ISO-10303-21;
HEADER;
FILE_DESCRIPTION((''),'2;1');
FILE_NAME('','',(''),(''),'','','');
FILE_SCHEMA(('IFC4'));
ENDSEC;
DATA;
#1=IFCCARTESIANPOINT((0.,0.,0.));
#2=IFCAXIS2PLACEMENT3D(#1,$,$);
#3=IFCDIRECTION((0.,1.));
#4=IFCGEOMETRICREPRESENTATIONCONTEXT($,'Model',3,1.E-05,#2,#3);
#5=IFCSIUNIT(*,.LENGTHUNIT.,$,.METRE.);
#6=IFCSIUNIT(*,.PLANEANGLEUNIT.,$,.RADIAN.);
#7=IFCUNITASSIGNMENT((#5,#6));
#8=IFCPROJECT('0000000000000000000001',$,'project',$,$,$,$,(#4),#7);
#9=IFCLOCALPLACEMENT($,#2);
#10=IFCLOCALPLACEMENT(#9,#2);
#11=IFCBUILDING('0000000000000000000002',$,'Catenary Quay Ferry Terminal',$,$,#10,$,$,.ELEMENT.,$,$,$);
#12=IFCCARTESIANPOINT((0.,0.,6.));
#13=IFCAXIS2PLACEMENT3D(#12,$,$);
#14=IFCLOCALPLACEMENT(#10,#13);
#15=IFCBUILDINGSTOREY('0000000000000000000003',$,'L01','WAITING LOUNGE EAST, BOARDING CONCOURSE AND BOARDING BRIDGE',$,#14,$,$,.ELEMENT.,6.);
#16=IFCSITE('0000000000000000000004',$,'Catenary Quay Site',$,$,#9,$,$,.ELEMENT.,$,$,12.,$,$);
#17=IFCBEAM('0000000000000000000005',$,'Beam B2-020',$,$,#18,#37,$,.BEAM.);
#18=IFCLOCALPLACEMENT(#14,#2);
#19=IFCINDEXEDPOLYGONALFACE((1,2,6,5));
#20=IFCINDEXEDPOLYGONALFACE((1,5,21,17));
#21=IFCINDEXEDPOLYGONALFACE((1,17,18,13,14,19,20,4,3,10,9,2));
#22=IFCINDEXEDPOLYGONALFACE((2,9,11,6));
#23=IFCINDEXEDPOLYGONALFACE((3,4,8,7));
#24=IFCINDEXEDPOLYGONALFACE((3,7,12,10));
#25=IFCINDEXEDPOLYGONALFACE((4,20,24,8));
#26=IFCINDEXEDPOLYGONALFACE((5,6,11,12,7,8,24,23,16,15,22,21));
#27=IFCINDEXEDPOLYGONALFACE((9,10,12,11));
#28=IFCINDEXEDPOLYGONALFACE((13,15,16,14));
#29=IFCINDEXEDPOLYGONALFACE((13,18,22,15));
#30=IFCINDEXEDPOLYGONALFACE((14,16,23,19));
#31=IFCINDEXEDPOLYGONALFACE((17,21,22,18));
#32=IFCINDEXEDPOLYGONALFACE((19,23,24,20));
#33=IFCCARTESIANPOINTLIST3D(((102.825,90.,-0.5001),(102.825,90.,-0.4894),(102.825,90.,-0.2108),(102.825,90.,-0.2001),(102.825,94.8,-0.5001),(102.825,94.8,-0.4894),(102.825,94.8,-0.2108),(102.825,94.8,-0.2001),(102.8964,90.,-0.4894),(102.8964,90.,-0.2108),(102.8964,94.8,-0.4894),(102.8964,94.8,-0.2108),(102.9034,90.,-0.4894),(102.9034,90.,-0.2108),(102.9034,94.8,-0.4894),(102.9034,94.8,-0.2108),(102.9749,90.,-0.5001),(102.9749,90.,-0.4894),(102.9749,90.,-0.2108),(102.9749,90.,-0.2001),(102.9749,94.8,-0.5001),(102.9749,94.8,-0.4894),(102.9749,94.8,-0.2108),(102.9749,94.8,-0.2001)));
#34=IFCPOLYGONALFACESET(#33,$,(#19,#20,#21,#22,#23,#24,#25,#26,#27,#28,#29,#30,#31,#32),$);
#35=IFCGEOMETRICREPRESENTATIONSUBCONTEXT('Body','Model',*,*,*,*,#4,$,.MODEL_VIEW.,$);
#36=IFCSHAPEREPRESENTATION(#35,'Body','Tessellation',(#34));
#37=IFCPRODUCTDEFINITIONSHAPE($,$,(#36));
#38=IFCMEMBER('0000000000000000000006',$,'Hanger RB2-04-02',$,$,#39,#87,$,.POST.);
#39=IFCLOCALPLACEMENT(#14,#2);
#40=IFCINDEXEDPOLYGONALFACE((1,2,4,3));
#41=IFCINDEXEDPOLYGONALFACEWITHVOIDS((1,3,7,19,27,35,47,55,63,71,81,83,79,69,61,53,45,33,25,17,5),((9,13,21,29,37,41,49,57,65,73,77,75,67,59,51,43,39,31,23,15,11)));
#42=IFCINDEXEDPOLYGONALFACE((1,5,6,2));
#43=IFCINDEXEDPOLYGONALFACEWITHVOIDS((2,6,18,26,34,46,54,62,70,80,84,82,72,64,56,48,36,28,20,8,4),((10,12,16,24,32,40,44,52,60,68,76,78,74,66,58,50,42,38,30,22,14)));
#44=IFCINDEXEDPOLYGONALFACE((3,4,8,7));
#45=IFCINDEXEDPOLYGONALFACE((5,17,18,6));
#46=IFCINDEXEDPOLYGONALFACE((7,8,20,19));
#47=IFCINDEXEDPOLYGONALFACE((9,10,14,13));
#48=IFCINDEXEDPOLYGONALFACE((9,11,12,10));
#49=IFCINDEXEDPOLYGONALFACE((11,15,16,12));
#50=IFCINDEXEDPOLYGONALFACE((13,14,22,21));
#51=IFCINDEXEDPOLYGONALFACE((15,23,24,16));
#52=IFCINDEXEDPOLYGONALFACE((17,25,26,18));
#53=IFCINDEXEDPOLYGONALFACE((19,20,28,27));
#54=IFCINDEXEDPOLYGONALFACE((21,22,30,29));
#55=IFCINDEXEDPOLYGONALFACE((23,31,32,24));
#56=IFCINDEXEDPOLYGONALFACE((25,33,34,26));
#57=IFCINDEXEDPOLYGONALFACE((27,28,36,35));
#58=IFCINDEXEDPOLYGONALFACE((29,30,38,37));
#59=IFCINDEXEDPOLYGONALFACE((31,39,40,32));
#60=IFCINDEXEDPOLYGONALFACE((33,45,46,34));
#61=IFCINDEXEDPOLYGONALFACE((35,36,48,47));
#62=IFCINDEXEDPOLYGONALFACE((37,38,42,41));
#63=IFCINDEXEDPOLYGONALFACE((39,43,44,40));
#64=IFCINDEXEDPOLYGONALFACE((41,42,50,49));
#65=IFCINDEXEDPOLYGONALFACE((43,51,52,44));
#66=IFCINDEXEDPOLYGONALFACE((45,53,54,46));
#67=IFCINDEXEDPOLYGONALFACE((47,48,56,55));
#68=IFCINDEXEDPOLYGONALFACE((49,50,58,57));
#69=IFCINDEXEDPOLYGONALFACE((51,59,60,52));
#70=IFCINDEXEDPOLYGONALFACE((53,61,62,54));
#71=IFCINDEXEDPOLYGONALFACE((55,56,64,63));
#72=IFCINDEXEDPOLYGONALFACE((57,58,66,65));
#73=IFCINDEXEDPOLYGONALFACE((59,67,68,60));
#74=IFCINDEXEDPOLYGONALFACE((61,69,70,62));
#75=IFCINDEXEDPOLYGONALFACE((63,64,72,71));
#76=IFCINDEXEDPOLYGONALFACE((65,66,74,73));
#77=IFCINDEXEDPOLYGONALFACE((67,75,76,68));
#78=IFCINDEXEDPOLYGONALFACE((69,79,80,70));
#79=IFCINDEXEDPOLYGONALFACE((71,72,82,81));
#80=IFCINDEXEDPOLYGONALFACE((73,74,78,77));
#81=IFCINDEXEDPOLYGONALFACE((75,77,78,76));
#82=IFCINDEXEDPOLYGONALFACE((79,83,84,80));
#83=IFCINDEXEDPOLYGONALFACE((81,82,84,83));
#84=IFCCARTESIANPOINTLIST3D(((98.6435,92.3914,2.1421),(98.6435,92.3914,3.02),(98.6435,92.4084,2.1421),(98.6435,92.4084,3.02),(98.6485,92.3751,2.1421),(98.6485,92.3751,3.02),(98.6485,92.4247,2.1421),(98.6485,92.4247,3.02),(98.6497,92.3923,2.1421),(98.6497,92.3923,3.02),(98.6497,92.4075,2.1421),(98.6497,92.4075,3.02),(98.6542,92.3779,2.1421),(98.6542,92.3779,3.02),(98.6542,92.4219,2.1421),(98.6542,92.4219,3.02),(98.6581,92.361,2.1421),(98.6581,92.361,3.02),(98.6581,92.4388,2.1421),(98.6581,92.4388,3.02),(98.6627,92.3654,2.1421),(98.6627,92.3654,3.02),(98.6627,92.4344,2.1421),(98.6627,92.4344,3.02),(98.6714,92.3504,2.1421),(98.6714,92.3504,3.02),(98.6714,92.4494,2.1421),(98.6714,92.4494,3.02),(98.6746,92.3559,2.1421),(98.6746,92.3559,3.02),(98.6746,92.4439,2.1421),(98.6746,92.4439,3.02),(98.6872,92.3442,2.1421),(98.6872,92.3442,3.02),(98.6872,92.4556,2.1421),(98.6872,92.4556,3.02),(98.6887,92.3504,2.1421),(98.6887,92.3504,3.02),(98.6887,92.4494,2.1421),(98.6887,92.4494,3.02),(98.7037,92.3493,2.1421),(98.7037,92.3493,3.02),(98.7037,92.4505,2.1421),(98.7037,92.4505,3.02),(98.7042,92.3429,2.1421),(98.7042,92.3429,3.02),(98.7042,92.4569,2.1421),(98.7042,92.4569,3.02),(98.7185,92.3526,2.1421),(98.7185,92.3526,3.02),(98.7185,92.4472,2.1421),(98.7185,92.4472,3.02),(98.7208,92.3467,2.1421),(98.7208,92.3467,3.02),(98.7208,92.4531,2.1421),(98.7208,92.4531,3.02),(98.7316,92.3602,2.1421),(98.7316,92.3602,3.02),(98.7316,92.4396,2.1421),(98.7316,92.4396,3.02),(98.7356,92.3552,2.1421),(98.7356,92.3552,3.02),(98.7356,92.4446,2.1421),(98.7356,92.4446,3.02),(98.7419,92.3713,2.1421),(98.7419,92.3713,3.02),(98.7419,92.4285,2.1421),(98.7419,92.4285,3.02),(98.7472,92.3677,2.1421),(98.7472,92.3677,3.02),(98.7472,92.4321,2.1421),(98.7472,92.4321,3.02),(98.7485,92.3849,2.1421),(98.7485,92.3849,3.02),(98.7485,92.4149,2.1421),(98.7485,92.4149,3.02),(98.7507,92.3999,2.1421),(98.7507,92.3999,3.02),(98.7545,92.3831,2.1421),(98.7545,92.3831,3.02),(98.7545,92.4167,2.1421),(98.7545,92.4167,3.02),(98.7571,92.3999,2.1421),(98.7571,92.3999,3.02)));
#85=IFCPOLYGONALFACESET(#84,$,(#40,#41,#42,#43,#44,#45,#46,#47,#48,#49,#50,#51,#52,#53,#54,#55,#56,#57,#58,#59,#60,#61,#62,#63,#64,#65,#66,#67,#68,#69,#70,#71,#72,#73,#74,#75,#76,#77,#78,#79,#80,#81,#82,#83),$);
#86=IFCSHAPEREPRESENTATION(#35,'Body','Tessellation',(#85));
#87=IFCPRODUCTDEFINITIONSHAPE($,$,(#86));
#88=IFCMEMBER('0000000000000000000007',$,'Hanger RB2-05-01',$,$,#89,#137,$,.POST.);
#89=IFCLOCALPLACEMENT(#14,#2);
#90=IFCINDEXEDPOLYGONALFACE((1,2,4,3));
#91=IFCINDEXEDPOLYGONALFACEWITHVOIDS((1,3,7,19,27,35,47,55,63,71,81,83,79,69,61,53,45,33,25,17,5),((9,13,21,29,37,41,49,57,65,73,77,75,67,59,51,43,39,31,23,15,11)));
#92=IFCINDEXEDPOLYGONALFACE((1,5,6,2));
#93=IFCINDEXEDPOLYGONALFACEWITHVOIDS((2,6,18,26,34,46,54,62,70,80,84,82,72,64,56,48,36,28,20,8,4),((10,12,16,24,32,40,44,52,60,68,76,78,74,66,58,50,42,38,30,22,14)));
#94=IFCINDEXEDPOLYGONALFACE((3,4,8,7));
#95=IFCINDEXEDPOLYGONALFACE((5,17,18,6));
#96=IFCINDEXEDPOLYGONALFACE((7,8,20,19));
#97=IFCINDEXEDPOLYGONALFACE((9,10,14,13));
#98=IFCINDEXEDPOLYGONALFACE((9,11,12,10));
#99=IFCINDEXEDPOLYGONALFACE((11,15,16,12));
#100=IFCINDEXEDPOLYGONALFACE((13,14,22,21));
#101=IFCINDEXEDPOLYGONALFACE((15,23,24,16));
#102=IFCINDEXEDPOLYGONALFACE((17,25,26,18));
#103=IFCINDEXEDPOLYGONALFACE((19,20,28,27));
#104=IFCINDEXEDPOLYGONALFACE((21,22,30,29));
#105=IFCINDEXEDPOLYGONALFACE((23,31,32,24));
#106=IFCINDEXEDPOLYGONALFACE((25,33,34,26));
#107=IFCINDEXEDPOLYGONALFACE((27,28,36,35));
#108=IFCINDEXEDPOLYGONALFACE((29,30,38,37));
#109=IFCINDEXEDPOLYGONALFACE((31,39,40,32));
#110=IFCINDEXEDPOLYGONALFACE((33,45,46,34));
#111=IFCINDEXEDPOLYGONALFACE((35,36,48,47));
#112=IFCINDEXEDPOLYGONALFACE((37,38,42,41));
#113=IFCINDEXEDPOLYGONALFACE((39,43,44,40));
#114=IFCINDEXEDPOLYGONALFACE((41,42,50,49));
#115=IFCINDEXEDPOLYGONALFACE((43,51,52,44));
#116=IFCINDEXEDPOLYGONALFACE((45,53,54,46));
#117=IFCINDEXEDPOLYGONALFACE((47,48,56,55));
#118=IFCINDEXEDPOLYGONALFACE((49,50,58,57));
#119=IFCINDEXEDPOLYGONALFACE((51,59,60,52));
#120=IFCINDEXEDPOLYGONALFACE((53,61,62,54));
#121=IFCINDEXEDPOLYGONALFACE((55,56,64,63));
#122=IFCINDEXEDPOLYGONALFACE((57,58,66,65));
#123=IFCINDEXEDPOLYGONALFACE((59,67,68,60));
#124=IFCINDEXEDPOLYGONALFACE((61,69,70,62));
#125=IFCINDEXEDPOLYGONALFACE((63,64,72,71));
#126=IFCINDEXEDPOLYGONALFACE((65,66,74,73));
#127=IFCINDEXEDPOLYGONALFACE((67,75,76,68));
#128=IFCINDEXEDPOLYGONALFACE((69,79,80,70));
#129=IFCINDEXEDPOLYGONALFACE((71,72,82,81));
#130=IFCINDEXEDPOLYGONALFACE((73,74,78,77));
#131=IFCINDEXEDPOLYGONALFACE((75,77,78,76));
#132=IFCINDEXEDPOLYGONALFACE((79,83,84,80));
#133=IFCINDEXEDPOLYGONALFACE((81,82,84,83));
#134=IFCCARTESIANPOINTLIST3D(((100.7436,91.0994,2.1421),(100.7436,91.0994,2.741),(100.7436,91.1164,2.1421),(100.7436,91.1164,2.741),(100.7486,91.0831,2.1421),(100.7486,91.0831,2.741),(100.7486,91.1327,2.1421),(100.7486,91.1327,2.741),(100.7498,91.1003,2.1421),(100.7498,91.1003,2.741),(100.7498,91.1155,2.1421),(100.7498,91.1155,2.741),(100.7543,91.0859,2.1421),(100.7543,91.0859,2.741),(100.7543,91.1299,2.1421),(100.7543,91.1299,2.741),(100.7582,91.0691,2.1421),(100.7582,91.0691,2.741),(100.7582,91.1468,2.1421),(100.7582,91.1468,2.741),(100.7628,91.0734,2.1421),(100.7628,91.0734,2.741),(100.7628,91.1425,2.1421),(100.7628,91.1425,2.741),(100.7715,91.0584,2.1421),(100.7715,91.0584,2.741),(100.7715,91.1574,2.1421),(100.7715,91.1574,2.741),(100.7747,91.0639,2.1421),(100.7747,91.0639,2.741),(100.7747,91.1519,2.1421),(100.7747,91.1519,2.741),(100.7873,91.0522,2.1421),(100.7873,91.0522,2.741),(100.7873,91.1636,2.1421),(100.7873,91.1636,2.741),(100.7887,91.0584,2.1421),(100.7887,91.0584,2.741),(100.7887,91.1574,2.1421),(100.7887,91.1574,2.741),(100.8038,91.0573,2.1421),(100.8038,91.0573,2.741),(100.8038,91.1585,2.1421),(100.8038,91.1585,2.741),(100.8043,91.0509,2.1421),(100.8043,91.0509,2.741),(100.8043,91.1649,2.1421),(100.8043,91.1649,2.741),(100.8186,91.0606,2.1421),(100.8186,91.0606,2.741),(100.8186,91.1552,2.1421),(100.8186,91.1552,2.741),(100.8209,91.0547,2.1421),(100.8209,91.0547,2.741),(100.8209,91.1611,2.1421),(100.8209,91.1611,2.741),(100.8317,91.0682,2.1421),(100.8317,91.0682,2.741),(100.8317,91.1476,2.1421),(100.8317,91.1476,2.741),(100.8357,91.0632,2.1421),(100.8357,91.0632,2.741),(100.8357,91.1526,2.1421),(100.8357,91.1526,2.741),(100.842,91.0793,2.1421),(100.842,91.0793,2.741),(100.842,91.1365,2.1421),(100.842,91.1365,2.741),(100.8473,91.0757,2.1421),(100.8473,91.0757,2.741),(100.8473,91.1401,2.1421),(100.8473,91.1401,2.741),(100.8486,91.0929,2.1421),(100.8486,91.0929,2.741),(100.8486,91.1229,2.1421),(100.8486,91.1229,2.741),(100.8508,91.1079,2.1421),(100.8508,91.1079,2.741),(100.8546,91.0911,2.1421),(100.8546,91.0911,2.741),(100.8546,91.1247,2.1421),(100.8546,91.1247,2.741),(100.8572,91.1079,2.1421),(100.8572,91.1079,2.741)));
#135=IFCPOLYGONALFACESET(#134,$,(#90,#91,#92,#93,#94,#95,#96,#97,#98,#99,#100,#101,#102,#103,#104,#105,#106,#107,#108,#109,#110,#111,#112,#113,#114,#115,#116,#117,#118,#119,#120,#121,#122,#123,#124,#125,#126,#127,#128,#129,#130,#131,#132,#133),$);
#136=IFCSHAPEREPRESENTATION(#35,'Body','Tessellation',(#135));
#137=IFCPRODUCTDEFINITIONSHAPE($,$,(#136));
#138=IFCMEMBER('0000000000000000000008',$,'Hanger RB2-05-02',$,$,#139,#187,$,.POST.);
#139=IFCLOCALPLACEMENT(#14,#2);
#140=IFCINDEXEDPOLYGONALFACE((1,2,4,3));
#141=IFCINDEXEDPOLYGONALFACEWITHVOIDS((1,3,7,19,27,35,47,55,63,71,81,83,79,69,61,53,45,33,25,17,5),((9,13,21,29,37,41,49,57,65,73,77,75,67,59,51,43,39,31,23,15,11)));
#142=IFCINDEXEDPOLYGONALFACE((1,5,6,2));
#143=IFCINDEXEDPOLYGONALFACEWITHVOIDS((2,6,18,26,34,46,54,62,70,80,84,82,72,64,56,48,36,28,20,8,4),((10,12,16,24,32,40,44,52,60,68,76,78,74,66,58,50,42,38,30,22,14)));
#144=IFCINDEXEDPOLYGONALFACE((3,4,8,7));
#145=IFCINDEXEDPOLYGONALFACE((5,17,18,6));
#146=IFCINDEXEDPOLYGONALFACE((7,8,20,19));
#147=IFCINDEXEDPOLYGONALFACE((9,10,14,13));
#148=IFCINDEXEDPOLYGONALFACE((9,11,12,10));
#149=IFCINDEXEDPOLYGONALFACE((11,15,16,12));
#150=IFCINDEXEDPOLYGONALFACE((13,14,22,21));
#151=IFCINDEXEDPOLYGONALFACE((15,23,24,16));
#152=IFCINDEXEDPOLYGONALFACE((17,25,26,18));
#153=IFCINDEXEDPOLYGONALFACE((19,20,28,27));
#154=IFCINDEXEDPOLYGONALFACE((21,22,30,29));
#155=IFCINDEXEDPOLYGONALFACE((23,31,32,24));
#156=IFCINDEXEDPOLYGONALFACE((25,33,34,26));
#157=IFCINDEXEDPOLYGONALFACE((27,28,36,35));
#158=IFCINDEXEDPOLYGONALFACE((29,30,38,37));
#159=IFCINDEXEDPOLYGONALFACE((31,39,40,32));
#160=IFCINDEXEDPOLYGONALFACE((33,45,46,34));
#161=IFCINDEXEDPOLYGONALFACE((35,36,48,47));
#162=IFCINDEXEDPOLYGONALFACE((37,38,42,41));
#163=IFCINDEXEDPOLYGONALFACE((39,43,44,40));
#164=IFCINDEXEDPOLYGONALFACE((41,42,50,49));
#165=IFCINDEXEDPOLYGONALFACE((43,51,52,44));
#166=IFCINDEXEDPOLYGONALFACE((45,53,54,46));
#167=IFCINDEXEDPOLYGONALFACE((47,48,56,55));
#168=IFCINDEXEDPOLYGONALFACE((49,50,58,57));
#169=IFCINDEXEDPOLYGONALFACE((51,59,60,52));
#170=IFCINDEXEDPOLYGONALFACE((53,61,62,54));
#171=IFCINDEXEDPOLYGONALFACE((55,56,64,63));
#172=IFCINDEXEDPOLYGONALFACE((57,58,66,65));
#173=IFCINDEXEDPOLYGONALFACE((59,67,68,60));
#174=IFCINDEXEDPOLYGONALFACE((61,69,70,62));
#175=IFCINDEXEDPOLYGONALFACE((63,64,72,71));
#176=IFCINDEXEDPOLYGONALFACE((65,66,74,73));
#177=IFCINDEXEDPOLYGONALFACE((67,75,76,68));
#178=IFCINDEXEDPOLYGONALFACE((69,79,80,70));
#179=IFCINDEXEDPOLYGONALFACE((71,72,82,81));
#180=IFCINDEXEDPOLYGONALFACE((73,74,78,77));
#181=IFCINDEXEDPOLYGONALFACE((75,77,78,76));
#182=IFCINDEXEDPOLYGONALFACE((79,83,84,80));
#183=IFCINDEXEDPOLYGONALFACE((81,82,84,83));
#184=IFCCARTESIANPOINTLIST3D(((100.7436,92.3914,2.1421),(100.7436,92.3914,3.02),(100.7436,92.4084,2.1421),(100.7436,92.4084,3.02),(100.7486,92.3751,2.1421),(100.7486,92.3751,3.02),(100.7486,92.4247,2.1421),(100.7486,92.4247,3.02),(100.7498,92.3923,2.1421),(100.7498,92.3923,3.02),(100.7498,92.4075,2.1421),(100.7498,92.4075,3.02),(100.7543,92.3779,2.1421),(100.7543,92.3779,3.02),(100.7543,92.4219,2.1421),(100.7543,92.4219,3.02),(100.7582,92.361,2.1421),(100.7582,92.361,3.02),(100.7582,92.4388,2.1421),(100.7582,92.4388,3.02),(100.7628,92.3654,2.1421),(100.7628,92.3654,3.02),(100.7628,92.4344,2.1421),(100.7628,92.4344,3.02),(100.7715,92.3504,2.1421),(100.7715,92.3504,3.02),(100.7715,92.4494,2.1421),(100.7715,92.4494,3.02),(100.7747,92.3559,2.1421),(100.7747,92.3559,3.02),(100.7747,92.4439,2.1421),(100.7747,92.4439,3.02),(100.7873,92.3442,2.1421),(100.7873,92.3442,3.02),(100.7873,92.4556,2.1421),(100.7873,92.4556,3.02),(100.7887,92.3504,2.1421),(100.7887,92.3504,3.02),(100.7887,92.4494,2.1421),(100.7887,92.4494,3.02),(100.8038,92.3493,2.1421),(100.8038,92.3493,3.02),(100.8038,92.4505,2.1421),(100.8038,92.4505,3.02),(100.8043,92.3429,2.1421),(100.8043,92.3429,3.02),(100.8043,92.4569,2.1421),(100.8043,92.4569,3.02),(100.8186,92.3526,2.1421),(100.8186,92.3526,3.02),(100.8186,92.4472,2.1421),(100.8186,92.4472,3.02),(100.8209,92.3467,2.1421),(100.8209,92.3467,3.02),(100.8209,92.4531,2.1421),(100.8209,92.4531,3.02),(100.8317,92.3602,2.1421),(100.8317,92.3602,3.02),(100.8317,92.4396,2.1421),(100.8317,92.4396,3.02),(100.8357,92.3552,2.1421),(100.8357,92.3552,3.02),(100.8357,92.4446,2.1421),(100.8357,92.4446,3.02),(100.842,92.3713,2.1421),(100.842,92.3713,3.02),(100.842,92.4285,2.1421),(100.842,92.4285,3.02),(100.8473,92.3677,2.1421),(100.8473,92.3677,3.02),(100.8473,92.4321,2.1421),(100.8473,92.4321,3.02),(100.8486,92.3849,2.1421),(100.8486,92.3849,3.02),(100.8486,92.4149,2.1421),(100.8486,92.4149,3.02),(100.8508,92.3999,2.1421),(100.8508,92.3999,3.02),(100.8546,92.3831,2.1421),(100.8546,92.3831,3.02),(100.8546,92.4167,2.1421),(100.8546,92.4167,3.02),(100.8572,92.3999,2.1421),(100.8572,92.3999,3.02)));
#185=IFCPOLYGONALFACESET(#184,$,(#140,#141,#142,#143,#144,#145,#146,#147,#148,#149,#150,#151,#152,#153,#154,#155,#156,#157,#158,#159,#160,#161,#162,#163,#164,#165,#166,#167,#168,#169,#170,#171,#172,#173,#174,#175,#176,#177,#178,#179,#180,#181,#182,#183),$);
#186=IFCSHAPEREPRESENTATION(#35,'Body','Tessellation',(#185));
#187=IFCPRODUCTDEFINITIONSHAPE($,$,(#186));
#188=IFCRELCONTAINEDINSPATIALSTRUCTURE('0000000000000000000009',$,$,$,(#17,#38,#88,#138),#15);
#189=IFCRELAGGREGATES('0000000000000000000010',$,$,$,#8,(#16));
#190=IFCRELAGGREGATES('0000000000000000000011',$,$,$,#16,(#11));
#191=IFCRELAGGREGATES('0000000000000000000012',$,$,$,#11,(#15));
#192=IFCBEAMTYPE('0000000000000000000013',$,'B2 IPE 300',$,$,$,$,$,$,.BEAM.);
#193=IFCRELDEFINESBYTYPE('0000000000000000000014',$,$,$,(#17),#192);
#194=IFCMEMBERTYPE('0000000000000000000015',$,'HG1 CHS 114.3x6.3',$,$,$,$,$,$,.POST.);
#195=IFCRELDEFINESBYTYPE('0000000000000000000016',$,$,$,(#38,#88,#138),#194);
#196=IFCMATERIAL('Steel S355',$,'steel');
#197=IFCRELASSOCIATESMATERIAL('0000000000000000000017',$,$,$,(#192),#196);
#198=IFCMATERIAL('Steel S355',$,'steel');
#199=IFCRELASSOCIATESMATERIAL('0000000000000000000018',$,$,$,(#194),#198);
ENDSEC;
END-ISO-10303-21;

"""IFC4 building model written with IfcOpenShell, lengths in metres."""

from ifc_helpers import new_model, si_unit, direction, frame, origin, origin_2d, place, context, subcontext, project, spatial, hollow_circle, i_section, extrude, material, material_profile, profile_set, type_object, element, save


model = new_model("IFC4")

# Units and contexts
model_context = context("Model", 3, precision=1e-05, world=origin(), true_north=direction((0.0, 1.0)))
body_context = subcontext(model_context, "Body", "Model", "MODEL_VIEW")
ifc_project = project(units=[si_unit("LENGTHUNIT", "METRE"), si_unit("PLANEANGLEUNIT", "RADIAN")], contexts=[model_context])

# Site, building, storey
site_placement = place(None, origin())
site = spatial("IfcSite", under=ifc_project, at=site_placement, Name="Catenary Quay Site", CompositionType="ELEMENT", RefElevation=12.0)
building_placement = place(site_placement, origin())
building = spatial("IfcBuilding", under=site, at=building_placement, Name="Catenary Quay Ferry Terminal", CompositionType="ELEMENT")
storey_placement = place(building_placement, frame((0.0, 0.0, 6.0)))
storey = spatial("IfcBuildingStorey", under=building, at=storey_placement, Name="L01", Description="WAITING LOUNGE EAST, BOARDING CONCOURSE AND BOARDING BRIDGE", CompositionType="ELEMENT", Elevation=6.0)

# Beam
ifc_material_1 = material(Name="Steel S355", Category="steel")
ifc_material_profile_1 = material_profile(ifc_material_1, i_section(OverallWidth=0.1499, OverallDepth=0.3, WebThickness=0.0071, FlangeThickness=0.0107, at=origin_2d()), Name="IPE 300")
ifc_profile_set_1 = profile_set([ifc_material_profile_1], Name="Steel S355")
beam_type_1 = type_object("IfcBeamType", Name="B2 IPE 300", PredefinedType="BEAM", material=ifc_profile_set_1)
beam_1_placement = place(storey_placement, frame((102.8999, 90.0, -0.3501), z_axis=(0.0, 1.0, 0.0), x_axis=(-1.0, 0.0, 0.0)))
element("IfcBeam", 1, at=beam_1_placement, inside=storey, type_object=beam_type_1, Name="Beam B2-020", PredefinedType="BEAM", context=body_context, shape_type="SweptSolid", body=[
    extrude(i_section(OverallWidth=0.1499, OverallDepth=0.3, WebThickness=0.0071, FlangeThickness=0.0107, at=origin_2d()), origin(), (0.0, 0.0, 1.0), 4.8),
])

# Members
ifc_material_2 = material(Name="Steel S355", Category="steel")
ifc_material_profile_2 = material_profile(ifc_material_2, hollow_circle(Radius=0.0571, WallThickness=0.0063, at=origin_2d()), Name="CHS 114.3x6.3")
ifc_profile_set_2 = profile_set([ifc_material_profile_2], Name="Steel S355")
member_type_1 = type_object("IfcMemberType", Name="HG1 CHS 114.3x6.3", PredefinedType="POST", material=ifc_profile_set_2)
member_1_placement = place(storey_placement, frame((98.7, 92.3999, 2.1421), z_axis=(0.0, 0.0, 1.0), x_axis=(1.0, 0.0, 0.0)))
element("IfcMember", 2, at=member_1_placement, inside=storey, type_object=member_type_1, Name="Hanger RB2-04-02", PredefinedType="POST", context=body_context, shape_type="SweptSolid", body=[
    extrude(hollow_circle(Radius=0.0571, WallThickness=0.0063, at=origin_2d()), origin(), (0.0, 0.0, 1.0), 0.8779),
])
member_2_placement = place(storey_placement, frame((100.8, 91.1079, 2.1421), z_axis=(0.0, 0.0, 1.0), x_axis=(1.0, 0.0, 0.0)))
element("IfcMember", 3, at=member_2_placement, inside=storey, type_object=member_type_1, Name="Hanger RB2-05-01", PredefinedType="POST", context=body_context, shape_type="SweptSolid", body=[
    extrude(hollow_circle(Radius=0.0571, WallThickness=0.0063, at=origin_2d()), origin(), (0.0, 0.0, 1.0), 0.5989),
])
member_3_placement = place(storey_placement, frame((100.8, 92.3999, 2.1421), z_axis=(0.0, 0.0, 1.0), x_axis=(1.0, 0.0, 0.0)))
element("IfcMember", 4, at=member_3_placement, inside=storey, type_object=member_type_1, Name="Hanger RB2-05-02", PredefinedType="POST", context=body_context, shape_type="SweptSolid", body=[
    extrude(hollow_circle(Radius=0.0571, WallThickness=0.0063, at=origin_2d()), origin(), (0.0, 0.0, 1.0), 0.8779),
])

save(model, "model.ifc")
